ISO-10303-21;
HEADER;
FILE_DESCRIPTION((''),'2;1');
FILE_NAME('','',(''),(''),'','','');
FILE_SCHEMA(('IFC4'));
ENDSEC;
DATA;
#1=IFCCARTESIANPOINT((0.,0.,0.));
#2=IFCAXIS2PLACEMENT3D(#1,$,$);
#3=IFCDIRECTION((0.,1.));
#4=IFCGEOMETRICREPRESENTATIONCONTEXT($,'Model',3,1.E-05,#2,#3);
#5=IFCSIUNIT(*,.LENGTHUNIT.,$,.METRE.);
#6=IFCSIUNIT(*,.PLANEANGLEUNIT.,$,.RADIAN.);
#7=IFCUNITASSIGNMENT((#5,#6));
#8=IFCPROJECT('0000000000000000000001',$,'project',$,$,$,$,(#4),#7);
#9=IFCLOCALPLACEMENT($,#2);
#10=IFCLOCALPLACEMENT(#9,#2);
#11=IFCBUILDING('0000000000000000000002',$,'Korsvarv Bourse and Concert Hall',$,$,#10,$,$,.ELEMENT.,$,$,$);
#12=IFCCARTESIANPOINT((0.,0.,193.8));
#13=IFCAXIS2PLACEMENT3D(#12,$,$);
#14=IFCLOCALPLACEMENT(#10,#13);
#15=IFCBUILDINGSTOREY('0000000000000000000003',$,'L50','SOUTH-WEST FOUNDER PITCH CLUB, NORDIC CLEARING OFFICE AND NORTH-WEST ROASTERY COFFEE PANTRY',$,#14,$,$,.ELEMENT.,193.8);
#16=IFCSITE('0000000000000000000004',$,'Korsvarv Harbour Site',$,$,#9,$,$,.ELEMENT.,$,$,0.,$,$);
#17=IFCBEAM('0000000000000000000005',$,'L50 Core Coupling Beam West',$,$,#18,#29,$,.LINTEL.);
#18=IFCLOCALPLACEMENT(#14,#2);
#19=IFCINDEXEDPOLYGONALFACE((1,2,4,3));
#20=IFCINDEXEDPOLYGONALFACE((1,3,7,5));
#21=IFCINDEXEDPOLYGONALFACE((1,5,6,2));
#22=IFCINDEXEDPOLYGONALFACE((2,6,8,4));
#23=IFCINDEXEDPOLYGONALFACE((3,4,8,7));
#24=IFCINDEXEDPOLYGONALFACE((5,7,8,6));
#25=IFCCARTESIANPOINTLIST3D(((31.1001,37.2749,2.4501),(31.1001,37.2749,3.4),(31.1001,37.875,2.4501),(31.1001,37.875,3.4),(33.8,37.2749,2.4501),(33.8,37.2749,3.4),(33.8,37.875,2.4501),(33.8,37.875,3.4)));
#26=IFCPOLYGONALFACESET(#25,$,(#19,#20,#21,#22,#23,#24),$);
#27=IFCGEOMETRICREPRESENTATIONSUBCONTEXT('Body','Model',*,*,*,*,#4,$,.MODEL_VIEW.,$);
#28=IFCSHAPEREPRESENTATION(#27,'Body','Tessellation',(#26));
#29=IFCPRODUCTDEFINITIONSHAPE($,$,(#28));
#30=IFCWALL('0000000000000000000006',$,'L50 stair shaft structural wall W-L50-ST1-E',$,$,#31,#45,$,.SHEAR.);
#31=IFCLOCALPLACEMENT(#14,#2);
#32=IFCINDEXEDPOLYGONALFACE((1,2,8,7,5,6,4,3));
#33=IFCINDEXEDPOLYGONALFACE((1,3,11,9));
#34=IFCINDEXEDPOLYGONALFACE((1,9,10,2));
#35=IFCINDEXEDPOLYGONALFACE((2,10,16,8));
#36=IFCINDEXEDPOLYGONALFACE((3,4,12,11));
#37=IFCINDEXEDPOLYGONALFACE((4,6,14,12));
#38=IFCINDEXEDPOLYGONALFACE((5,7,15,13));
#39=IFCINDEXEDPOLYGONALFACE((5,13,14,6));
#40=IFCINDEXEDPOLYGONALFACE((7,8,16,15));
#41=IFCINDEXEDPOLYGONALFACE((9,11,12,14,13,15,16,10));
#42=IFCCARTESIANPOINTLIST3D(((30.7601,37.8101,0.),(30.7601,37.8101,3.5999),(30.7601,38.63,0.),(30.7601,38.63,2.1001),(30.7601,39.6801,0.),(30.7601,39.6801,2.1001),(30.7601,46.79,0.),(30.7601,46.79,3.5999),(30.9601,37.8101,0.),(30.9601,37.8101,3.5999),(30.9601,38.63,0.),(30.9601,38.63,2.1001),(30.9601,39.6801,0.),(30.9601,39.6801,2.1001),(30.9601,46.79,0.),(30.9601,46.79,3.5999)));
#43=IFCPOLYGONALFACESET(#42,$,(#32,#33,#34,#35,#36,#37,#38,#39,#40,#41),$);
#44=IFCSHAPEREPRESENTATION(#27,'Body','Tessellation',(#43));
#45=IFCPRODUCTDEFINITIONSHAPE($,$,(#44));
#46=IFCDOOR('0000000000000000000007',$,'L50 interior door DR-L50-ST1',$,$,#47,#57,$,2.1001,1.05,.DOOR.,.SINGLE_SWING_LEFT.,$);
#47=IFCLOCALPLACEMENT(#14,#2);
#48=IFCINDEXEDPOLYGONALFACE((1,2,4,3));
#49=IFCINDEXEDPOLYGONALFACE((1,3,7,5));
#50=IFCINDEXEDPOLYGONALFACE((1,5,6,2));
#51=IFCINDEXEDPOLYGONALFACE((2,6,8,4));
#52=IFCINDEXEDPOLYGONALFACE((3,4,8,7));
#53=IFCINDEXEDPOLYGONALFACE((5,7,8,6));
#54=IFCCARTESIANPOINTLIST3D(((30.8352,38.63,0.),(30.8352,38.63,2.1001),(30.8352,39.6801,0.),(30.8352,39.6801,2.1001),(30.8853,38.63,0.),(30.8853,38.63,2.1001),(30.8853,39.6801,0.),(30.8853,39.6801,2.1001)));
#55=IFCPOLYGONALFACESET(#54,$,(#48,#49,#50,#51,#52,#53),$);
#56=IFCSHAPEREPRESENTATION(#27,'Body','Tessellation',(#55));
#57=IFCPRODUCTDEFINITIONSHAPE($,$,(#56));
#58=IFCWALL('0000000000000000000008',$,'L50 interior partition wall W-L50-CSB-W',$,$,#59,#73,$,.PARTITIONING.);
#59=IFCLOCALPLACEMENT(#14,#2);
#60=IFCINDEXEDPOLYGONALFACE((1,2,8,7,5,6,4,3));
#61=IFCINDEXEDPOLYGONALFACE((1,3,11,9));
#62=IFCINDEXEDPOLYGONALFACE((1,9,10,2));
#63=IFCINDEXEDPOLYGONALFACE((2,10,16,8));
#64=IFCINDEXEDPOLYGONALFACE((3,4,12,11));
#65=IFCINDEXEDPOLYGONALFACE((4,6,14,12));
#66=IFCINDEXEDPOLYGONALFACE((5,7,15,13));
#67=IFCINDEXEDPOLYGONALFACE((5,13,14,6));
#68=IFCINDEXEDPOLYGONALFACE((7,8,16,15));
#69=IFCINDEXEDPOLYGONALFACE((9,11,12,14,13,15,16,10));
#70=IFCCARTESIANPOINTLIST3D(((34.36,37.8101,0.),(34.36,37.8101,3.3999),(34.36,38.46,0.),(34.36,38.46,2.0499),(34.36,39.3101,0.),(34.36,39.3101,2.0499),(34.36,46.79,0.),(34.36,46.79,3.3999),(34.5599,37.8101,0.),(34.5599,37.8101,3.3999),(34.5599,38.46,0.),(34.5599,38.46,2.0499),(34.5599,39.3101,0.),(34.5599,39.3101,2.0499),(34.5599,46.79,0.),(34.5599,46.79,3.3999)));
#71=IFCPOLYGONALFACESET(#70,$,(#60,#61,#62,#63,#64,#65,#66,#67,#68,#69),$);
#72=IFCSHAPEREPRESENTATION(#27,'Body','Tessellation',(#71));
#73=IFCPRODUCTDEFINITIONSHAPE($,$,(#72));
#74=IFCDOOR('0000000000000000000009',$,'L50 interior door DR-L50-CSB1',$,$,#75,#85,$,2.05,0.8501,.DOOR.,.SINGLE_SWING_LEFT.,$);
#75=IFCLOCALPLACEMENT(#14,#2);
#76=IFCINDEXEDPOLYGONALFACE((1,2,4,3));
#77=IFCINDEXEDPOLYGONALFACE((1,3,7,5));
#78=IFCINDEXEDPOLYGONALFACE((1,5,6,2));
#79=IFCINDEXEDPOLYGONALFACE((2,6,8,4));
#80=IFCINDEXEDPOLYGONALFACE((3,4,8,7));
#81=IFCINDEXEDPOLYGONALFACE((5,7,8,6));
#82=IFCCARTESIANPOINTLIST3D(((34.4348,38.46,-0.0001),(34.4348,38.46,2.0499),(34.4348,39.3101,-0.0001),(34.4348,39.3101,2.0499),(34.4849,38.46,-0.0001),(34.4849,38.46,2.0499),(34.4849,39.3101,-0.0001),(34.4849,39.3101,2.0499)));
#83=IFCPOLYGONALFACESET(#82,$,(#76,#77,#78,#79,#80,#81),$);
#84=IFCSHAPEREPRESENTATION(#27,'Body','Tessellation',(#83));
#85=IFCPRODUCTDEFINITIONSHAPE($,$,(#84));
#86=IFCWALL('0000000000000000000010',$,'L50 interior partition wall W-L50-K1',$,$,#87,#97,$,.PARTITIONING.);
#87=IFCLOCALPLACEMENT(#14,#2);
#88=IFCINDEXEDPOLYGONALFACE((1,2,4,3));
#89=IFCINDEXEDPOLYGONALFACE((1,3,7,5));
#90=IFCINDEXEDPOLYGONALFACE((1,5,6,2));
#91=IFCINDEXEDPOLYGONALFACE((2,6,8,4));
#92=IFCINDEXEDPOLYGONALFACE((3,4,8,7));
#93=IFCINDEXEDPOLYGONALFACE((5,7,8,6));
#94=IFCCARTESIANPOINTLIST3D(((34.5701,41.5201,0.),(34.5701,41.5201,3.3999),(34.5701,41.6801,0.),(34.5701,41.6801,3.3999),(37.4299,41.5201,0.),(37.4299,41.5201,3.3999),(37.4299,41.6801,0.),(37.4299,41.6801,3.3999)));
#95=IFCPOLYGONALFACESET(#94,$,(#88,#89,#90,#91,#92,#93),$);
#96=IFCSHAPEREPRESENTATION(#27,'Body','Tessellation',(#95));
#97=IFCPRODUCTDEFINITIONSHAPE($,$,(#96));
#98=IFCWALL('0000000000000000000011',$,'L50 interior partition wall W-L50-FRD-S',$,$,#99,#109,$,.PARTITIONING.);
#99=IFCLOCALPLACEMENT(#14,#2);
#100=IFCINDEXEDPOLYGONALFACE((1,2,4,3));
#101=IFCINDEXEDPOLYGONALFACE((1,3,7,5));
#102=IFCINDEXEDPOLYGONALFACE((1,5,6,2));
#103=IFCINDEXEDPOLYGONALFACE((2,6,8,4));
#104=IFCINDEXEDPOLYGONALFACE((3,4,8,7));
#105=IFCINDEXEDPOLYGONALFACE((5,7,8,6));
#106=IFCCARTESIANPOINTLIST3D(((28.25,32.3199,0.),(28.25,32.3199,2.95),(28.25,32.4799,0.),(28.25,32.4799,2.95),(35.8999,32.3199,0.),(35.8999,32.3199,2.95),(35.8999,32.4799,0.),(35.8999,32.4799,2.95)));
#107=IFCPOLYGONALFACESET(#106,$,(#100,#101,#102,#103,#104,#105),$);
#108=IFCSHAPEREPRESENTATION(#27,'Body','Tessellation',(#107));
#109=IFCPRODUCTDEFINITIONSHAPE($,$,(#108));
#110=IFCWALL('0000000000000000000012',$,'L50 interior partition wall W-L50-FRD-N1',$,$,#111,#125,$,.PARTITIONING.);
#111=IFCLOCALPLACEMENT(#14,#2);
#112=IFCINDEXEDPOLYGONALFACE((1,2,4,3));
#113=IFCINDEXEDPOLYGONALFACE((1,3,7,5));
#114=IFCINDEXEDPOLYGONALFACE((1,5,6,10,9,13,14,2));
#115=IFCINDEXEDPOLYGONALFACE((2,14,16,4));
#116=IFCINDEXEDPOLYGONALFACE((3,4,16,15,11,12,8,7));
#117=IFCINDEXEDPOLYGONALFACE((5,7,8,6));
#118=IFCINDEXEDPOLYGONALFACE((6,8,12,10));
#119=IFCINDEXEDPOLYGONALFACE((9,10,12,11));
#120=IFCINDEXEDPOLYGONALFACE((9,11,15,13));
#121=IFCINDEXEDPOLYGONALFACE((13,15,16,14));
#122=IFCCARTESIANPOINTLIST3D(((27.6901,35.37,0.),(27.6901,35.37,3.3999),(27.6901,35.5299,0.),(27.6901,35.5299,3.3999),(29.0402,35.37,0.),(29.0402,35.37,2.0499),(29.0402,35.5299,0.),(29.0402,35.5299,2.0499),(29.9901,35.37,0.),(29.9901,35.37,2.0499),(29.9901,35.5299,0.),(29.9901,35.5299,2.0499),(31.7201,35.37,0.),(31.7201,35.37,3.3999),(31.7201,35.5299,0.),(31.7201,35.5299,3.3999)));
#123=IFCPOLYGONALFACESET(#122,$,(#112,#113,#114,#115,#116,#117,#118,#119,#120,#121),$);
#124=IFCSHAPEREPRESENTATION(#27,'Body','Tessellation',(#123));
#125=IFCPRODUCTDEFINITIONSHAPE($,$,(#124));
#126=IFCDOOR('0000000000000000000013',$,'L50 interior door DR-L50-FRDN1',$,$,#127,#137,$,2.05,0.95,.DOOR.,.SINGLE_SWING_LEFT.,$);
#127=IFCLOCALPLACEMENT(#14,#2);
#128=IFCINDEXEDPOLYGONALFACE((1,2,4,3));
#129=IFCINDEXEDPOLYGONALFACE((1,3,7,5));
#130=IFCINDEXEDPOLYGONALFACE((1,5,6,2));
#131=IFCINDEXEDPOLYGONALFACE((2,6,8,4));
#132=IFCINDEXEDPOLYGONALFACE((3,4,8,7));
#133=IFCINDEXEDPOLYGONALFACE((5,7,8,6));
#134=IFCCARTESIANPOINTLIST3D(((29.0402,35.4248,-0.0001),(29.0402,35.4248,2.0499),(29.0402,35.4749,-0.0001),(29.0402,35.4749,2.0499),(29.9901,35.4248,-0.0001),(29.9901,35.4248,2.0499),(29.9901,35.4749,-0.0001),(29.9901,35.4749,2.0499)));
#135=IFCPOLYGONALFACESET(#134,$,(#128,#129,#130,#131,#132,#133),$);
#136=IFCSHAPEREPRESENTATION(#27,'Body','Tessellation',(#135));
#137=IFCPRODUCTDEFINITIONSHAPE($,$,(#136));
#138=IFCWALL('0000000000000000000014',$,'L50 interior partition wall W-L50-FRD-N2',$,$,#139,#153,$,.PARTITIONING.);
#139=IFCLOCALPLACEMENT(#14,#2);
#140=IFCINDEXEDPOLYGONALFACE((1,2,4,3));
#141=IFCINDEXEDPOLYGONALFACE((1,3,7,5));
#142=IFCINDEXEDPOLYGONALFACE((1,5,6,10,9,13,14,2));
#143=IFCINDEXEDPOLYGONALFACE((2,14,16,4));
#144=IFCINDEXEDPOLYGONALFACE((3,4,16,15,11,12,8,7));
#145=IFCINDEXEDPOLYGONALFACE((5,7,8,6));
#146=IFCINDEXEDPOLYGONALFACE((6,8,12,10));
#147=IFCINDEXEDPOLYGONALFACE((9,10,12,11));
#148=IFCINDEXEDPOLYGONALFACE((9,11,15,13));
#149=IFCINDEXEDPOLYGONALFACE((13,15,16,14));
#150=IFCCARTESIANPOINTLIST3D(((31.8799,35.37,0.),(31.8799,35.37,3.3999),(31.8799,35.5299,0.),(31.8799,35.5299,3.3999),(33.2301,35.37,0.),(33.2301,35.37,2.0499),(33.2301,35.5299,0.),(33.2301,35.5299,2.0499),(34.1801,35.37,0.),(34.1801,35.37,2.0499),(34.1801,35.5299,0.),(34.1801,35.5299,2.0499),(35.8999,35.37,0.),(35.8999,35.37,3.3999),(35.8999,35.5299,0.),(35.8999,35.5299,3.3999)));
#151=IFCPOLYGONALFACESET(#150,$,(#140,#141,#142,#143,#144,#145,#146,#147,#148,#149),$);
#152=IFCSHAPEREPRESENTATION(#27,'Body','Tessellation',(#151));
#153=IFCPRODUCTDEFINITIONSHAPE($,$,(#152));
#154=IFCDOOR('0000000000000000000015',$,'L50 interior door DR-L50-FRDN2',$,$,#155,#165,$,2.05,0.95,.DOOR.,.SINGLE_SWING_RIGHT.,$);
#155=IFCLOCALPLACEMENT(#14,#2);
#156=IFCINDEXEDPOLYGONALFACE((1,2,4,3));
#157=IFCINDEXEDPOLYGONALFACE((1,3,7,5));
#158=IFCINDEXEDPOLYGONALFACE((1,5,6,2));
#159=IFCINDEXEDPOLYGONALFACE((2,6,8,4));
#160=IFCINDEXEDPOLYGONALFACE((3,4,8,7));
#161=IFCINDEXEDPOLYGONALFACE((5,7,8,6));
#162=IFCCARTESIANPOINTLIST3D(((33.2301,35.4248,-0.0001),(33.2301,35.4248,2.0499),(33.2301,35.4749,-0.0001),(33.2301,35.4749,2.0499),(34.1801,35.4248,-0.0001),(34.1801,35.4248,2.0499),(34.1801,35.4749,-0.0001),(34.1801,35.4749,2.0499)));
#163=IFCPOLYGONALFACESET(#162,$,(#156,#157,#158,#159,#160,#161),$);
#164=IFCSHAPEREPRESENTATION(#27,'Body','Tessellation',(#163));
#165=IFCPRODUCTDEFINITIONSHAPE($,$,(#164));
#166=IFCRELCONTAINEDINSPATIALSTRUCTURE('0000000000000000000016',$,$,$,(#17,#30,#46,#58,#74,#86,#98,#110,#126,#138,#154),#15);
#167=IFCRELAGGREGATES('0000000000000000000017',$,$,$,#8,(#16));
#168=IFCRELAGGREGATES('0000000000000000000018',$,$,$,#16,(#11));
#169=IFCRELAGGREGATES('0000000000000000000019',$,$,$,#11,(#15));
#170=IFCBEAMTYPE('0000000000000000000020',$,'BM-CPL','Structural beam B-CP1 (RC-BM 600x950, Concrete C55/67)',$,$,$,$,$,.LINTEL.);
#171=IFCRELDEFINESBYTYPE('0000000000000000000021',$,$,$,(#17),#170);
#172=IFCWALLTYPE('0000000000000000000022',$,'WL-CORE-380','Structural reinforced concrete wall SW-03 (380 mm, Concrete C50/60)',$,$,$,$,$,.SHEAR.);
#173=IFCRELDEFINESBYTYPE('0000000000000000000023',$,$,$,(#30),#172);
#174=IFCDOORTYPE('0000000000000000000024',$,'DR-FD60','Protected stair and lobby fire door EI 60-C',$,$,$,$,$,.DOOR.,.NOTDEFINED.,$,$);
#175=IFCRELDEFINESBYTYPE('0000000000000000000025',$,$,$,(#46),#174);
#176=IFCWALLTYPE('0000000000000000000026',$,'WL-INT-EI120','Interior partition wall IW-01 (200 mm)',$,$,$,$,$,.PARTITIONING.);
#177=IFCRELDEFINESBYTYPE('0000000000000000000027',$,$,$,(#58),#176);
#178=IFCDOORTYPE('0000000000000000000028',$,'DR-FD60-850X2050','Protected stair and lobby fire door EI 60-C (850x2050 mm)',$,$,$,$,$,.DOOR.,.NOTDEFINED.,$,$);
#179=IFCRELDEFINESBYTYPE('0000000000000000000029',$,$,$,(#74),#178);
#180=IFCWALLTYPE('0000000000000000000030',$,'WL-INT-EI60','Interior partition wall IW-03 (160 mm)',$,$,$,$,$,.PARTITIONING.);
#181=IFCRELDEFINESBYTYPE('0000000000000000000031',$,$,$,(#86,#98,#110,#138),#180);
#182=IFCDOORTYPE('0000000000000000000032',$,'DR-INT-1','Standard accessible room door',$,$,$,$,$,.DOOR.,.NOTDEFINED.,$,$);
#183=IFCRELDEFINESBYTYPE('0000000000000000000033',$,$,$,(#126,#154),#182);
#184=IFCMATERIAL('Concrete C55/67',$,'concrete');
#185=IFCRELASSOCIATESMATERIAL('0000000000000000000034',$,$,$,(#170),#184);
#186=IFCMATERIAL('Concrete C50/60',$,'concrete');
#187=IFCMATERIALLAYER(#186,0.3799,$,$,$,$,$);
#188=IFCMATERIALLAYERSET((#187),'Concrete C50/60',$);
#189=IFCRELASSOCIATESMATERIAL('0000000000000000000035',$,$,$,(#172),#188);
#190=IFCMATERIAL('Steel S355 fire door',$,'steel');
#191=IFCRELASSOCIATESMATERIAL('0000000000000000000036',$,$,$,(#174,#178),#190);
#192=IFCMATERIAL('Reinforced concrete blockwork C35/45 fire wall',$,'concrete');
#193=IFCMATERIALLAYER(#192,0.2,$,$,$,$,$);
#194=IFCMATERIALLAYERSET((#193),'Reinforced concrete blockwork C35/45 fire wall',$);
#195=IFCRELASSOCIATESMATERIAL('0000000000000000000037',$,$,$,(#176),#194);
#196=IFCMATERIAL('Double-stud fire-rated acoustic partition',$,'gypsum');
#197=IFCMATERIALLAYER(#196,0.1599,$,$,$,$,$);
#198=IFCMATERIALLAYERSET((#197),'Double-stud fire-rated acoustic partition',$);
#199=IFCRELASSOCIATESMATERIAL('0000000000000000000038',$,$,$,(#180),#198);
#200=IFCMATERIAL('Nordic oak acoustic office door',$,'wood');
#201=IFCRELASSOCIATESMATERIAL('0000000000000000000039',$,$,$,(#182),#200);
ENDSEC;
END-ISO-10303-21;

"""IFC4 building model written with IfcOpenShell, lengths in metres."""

from ifc_helpers import new_model, si_unit, direction, frame, frame_2d, origin, origin_2d, place, context, subcontext, project, spatial, rectangle, extrude, source, transform, mapped, material, layer, layer_set, material_profile, profile_set, type_object, element, fill, save


model = new_model("IFC4")

# Units and contexts
model_context = context("Model", 3, precision=1e-05, world=origin(), true_north=direction((0.0, 1.0)))
body_context = subcontext(model_context, "Body", "Model", "MODEL_VIEW")
ifc_project = project(units=[si_unit("LENGTHUNIT", "METRE"), si_unit("PLANEANGLEUNIT", "RADIAN")], contexts=[model_context])

# Site, building, storey
site_placement = place(None, origin())
site = spatial("IfcSite", under=ifc_project, at=site_placement, Name="Korsvarv Harbour Site", CompositionType="ELEMENT", RefElevation=0.0)
building_placement = place(site_placement, origin())
building = spatial("IfcBuilding", under=site, at=building_placement, Name="Korsvarv Bourse and Concert Hall", CompositionType="ELEMENT")
storey_placement = place(building_placement, frame((0.0, 0.0, 193.8)))
storey = spatial("IfcBuildingStorey", under=building, at=storey_placement, Name="L50", Description="SOUTH-WEST FOUNDER PITCH CLUB, NORDIC CLEARING OFFICE AND NORTH-WEST ROASTERY COFFEE PANTRY", CompositionType="ELEMENT", Elevation=193.8)

# Beam
ifc_material_1 = material(Name="Concrete C55/67", Category="concrete")
ifc_material_profile = material_profile(ifc_material_1, rectangle(XDim=0.6001, YDim=0.95, at=origin_2d()), Name="RC-BM 600x950")
ifc_profile_set = profile_set([ifc_material_profile], Name="Concrete C55/67")
beam_type = type_object("IfcBeamType", Name="BM-CPL", Description="Structural beam B-CP1 (RC-BM 600x950, Concrete C55/67)", PredefinedType="LINTEL", material=ifc_profile_set)
shared_shape = source(origin(), body_context, "Body", "SweptSolid", [
    extrude(rectangle(XDim=0.6001, YDim=0.95, at=origin_2d()), origin(), (0.0, 0.0, 1.0), 2.7),
])
beam_placement = place(storey_placement, frame((31.1001, 37.575, 2.925), z_axis=(1.0, 0.0, 0.0), x_axis=(0.0, 1.0, 0.0)))
element("IfcBeam", 1, at=beam_placement, inside=storey, type_object=beam_type, Name="L50 Core Coupling Beam West", PredefinedType="LINTEL", context=body_context, shape_type="MappedRepresentation", body=[
    mapped(shared_shape, transform((0.0, 0.0, 0.0), scale=1.0)),
])

# Walls, openings, doors
ifc_material_2 = material(Name="Concrete C50/60", Category="concrete")
ifc_layer_1 = layer(ifc_material_2, 0.3799)
ifc_layer_set_1 = layer_set([ifc_layer_1], Name="Concrete C50/60")
wall_type_1 = type_object("IfcWallType", Name="WL-CORE-380", Description="Structural reinforced concrete wall SW-03 (380 mm, Concrete C50/60)", PredefinedType="SHEAR", material=ifc_layer_set_1)
wall_1_placement = place(storey_placement, frame((30.8601, 37.8101, 0.0), z_axis=(0.0, 0.0, 1.0), x_axis=(0.0, 1.0, 0.0)))
wall_1 = element("IfcWall", 2, at=wall_1_placement, inside=storey, type_object=wall_type_1, Name="L50 stair shaft structural wall W-L50-ST1-E", PredefinedType="SHEAR", context=body_context, shape_type="SweptSolid", body=[
    extrude(rectangle(XDim=8.98, YDim=0.2, at=frame_2d((4.49, 0.0))), origin(), (0.0, 0.0, 1.0), 3.5999),
])
opening_1_placement = place(wall_1_placement, frame((0.8201, 0.0, 0.0)))
opening_1 = element("IfcOpeningElement", 3, at=opening_1_placement, cuts=wall_1, PredefinedType="OPENING", context=body_context, shape_type="SweptSolid", body=[
    extrude(rectangle(XDim=1.05, YDim=2.1001, at=frame_2d((0.5249, 1.05))), frame((0.0, 0.1099, 0.0), z_axis=(0.0, -1.0, 0.0), x_axis=(1.0, 0.0, 0.0)), (0.0, 0.0, 1.0), 0.22),
])
ifc_material_3 = material(Name="Steel S355 fire door", Category="steel")
door_type_1 = type_object("IfcDoorType", Name="DR-FD60", Description="Protected stair and lobby fire door EI 60-C", OperationType="NOTDEFINED", PredefinedType="DOOR", material=ifc_material_3)
door_1_placement = place(opening_1_placement, origin())
door_1 = element("IfcDoor", 4, at=door_1_placement, inside=storey, type_object=door_type_1, Name="L50 interior door DR-L50-ST1", OperationType="SINGLE_SWING_LEFT", OverallHeight=2.1001, OverallWidth=1.05, PredefinedType="DOOR", context=body_context, shape_type="SweptSolid", body=[
    extrude(rectangle(XDim=1.05, YDim=2.1001, at=frame_2d((0.5249, 1.05))), frame((0.0, 0.0249, 0.0), z_axis=(0.0, -1.0, 0.0), x_axis=(1.0, 0.0, 0.0)), (0.0, 0.0, 1.0), 0.05),
])
fill(opening_1, door_1)
ifc_material_4 = material(Name="Reinforced concrete blockwork C35/45 fire wall", Category="concrete")
ifc_layer_2 = layer(ifc_material_4, 0.2)
ifc_layer_set_2 = layer_set([ifc_layer_2], Name="Reinforced concrete blockwork C35/45 fire wall")
wall_type_2 = type_object("IfcWallType", Name="WL-INT-EI120", Description="Interior partition wall IW-01 (200 mm)", PredefinedType="PARTITIONING", material=ifc_layer_set_2)
wall_2_placement = place(storey_placement, frame((34.46, 37.8101, 0.0), z_axis=(0.0, 0.0, 1.0), x_axis=(0.0, 1.0, 0.0)))
wall_2 = element("IfcWall", 5, at=wall_2_placement, inside=storey, type_object=wall_type_2, Name="L50 interior partition wall W-L50-CSB-W", PredefinedType="PARTITIONING", context=body_context, shape_type="SweptSolid", body=[
    extrude(rectangle(XDim=8.98, YDim=0.2, at=frame_2d((4.49, 0.0))), origin(), (0.0, 0.0, 1.0), 3.3999),
])
opening_2_placement = place(wall_2_placement, frame((0.6499, 0.0, 0.0)))
opening_2 = element("IfcOpeningElement", 6, at=opening_2_placement, cuts=wall_2, PredefinedType="OPENING", context=body_context, shape_type="SweptSolid", body=[
    extrude(rectangle(XDim=0.8501, YDim=2.05, at=frame_2d((0.425, 1.0249))), frame((0.0, 0.1099, 0.0), z_axis=(0.0, -1.0, 0.0), x_axis=(1.0, 0.0, 0.0)), (0.0, 0.0, 1.0), 0.22),
])
door_type_2 = type_object("IfcDoorType", Name="DR-FD60-850X2050", Description="Protected stair and lobby fire door EI 60-C (850x2050 mm)", OperationType="NOTDEFINED", PredefinedType="DOOR", material=ifc_material_3)
door_2_placement = place(opening_2_placement, frame((0.8501, 0.0, 0.0), z_axis=(0.0, 0.0, 1.0), x_axis=(-1.0, 0.0, 0.0)))
door_2 = element("IfcDoor", 7, at=door_2_placement, inside=storey, type_object=door_type_2, Name="L50 interior door DR-L50-CSB1", OperationType="SINGLE_SWING_LEFT", OverallHeight=2.05, OverallWidth=0.8501, PredefinedType="DOOR", context=body_context, shape_type="SweptSolid", body=[
    extrude(rectangle(XDim=0.8501, YDim=2.05, at=frame_2d((0.425, 1.0249))), frame((0.0, 0.0249, 0.0), z_axis=(0.0, -1.0, 0.0), x_axis=(1.0, 0.0, 0.0)), (0.0, 0.0, 1.0), 0.05),
])
fill(opening_2, door_2)

# Walls
ifc_material_5 = material(Name="Double-stud fire-rated acoustic partition", Category="gypsum")
ifc_layer_3 = layer(ifc_material_5, 0.1599)
ifc_layer_set_3 = layer_set([ifc_layer_3], Name="Double-stud fire-rated acoustic partition")
wall_type_3 = type_object("IfcWallType", Name="WL-INT-EI60", Description="Interior partition wall IW-03 (160 mm)", PredefinedType="PARTITIONING", material=ifc_layer_set_3)
wall_3_placement = place(storey_placement, frame((34.5701, 41.6001, 0.0), z_axis=(0.0, 0.0, 1.0), x_axis=(1.0, 0.0, 0.0)))
element("IfcWall", 8, at=wall_3_placement, inside=storey, type_object=wall_type_3, Name="L50 interior partition wall W-L50-K1", PredefinedType="PARTITIONING", context=body_context, shape_type="SweptSolid", body=[
    extrude(rectangle(XDim=2.8599, YDim=0.1599, at=frame_2d((1.4299, 0.0))), origin(), (0.0, 0.0, 1.0), 3.3999),
])
wall_4_placement = place(storey_placement, frame((28.25, 32.3999, 0.0), z_axis=(0.0, 0.0, 1.0), x_axis=(1.0, 0.0, 0.0)))
element("IfcWall", 9, at=wall_4_placement, inside=storey, type_object=wall_type_3, Name="L50 interior partition wall W-L50-FRD-S", PredefinedType="PARTITIONING", context=body_context, shape_type="SweptSolid", body=[
    extrude(rectangle(XDim=7.6499, YDim=0.1599, at=frame_2d((3.825, 0.0))), origin(), (0.0, 0.0, 1.0), 2.95),
])

# Walls, openings, doors
wall_5_placement = place(storey_placement, frame((27.6899, 35.45, 0.0), z_axis=(0.0, 0.0, 1.0), x_axis=(1.0, 0.0, 0.0)))
wall_5 = element("IfcWall", 10, at=wall_5_placement, inside=storey, type_object=wall_type_3, Name="L50 interior partition wall W-L50-FRD-N1", PredefinedType="PARTITIONING", context=body_context, shape_type="SweptSolid", body=[
    extrude(rectangle(XDim=4.03, YDim=0.1599, at=frame_2d((2.0151, 0.0))), origin(), (0.0, 0.0, 1.0), 3.3999),
])
opening_3_placement = place(wall_5_placement, frame((1.3501, 0.0, 0.0)))
opening_3 = element("IfcOpeningElement", 11, at=opening_3_placement, cuts=wall_5, PredefinedType="OPENING", context=body_context, shape_type="SweptSolid", body=[
    extrude(rectangle(XDim=0.95, YDim=2.05, at=frame_2d((0.4751, 1.0249))), frame((0.0, 0.0898, 0.0), z_axis=(0.0, -1.0, 0.0), x_axis=(1.0, 0.0, 0.0)), (0.0, 0.0, 1.0), 0.1799),
])
ifc_material_6 = material(Name="Nordic oak acoustic office door", Category="wood")
door_type_3 = type_object("IfcDoorType", Name="DR-INT-1", Description="Standard accessible room door", OperationType="NOTDEFINED", PredefinedType="DOOR", material=ifc_material_6)
door_3_placement = place(opening_3_placement, origin())
door_3 = element("IfcDoor", 12, at=door_3_placement, inside=storey, type_object=door_type_3, Name="L50 interior door DR-L50-FRDN1", OperationType="SINGLE_SWING_LEFT", OverallHeight=2.05, OverallWidth=0.95, PredefinedType="DOOR", context=body_context, shape_type="SweptSolid", body=[
    extrude(rectangle(XDim=0.95, YDim=2.05, at=frame_2d((0.4751, 1.0249))), frame((0.0, 0.0249, 0.0), z_axis=(0.0, -1.0, 0.0), x_axis=(1.0, 0.0, 0.0)), (0.0, 0.0, 1.0), 0.05),
])
fill(opening_3, door_3)
wall_6_placement = place(storey_placement, frame((31.8799, 35.45, 0.0), z_axis=(0.0, 0.0, 1.0), x_axis=(1.0, 0.0, 0.0)))
wall_6 = element("IfcWall", 13, at=wall_6_placement, inside=storey, type_object=wall_type_3, Name="L50 interior partition wall W-L50-FRD-N2", PredefinedType="PARTITIONING", context=body_context, shape_type="SweptSolid", body=[
    extrude(rectangle(XDim=4.02, YDim=0.1599, at=frame_2d((2.01, 0.0))), origin(), (0.0, 0.0, 1.0), 3.3999),
])
opening_4_placement = place(wall_6_placement, frame((1.3501, 0.0, 0.0)))
opening_4 = element("IfcOpeningElement", 14, at=opening_4_placement, cuts=wall_6, PredefinedType="OPENING", context=body_context, shape_type="SweptSolid", body=[
    extrude(rectangle(XDim=0.95, YDim=2.05, at=frame_2d((0.4751, 1.0249))), frame((0.0, 0.0898, 0.0), z_axis=(0.0, -1.0, 0.0), x_axis=(1.0, 0.0, 0.0)), (0.0, 0.0, 1.0), 0.1799),
])
door_4_placement = place(opening_4_placement, origin())
door_4 = element("IfcDoor", 15, at=door_4_placement, inside=storey, type_object=door_type_3, Name="L50 interior door DR-L50-FRDN2", OperationType="SINGLE_SWING_RIGHT", OverallHeight=2.05, OverallWidth=0.95, PredefinedType="DOOR", context=body_context, shape_type="SweptSolid", body=[
    extrude(rectangle(XDim=0.95, YDim=2.05, at=frame_2d((0.4751, 1.0249))), frame((0.0, 0.0249, 0.0), z_axis=(0.0, -1.0, 0.0), x_axis=(1.0, 0.0, 0.0)), (0.0, 0.0, 1.0), 0.05),
])
fill(opening_4, door_4)

save(model, "model.ifc")
